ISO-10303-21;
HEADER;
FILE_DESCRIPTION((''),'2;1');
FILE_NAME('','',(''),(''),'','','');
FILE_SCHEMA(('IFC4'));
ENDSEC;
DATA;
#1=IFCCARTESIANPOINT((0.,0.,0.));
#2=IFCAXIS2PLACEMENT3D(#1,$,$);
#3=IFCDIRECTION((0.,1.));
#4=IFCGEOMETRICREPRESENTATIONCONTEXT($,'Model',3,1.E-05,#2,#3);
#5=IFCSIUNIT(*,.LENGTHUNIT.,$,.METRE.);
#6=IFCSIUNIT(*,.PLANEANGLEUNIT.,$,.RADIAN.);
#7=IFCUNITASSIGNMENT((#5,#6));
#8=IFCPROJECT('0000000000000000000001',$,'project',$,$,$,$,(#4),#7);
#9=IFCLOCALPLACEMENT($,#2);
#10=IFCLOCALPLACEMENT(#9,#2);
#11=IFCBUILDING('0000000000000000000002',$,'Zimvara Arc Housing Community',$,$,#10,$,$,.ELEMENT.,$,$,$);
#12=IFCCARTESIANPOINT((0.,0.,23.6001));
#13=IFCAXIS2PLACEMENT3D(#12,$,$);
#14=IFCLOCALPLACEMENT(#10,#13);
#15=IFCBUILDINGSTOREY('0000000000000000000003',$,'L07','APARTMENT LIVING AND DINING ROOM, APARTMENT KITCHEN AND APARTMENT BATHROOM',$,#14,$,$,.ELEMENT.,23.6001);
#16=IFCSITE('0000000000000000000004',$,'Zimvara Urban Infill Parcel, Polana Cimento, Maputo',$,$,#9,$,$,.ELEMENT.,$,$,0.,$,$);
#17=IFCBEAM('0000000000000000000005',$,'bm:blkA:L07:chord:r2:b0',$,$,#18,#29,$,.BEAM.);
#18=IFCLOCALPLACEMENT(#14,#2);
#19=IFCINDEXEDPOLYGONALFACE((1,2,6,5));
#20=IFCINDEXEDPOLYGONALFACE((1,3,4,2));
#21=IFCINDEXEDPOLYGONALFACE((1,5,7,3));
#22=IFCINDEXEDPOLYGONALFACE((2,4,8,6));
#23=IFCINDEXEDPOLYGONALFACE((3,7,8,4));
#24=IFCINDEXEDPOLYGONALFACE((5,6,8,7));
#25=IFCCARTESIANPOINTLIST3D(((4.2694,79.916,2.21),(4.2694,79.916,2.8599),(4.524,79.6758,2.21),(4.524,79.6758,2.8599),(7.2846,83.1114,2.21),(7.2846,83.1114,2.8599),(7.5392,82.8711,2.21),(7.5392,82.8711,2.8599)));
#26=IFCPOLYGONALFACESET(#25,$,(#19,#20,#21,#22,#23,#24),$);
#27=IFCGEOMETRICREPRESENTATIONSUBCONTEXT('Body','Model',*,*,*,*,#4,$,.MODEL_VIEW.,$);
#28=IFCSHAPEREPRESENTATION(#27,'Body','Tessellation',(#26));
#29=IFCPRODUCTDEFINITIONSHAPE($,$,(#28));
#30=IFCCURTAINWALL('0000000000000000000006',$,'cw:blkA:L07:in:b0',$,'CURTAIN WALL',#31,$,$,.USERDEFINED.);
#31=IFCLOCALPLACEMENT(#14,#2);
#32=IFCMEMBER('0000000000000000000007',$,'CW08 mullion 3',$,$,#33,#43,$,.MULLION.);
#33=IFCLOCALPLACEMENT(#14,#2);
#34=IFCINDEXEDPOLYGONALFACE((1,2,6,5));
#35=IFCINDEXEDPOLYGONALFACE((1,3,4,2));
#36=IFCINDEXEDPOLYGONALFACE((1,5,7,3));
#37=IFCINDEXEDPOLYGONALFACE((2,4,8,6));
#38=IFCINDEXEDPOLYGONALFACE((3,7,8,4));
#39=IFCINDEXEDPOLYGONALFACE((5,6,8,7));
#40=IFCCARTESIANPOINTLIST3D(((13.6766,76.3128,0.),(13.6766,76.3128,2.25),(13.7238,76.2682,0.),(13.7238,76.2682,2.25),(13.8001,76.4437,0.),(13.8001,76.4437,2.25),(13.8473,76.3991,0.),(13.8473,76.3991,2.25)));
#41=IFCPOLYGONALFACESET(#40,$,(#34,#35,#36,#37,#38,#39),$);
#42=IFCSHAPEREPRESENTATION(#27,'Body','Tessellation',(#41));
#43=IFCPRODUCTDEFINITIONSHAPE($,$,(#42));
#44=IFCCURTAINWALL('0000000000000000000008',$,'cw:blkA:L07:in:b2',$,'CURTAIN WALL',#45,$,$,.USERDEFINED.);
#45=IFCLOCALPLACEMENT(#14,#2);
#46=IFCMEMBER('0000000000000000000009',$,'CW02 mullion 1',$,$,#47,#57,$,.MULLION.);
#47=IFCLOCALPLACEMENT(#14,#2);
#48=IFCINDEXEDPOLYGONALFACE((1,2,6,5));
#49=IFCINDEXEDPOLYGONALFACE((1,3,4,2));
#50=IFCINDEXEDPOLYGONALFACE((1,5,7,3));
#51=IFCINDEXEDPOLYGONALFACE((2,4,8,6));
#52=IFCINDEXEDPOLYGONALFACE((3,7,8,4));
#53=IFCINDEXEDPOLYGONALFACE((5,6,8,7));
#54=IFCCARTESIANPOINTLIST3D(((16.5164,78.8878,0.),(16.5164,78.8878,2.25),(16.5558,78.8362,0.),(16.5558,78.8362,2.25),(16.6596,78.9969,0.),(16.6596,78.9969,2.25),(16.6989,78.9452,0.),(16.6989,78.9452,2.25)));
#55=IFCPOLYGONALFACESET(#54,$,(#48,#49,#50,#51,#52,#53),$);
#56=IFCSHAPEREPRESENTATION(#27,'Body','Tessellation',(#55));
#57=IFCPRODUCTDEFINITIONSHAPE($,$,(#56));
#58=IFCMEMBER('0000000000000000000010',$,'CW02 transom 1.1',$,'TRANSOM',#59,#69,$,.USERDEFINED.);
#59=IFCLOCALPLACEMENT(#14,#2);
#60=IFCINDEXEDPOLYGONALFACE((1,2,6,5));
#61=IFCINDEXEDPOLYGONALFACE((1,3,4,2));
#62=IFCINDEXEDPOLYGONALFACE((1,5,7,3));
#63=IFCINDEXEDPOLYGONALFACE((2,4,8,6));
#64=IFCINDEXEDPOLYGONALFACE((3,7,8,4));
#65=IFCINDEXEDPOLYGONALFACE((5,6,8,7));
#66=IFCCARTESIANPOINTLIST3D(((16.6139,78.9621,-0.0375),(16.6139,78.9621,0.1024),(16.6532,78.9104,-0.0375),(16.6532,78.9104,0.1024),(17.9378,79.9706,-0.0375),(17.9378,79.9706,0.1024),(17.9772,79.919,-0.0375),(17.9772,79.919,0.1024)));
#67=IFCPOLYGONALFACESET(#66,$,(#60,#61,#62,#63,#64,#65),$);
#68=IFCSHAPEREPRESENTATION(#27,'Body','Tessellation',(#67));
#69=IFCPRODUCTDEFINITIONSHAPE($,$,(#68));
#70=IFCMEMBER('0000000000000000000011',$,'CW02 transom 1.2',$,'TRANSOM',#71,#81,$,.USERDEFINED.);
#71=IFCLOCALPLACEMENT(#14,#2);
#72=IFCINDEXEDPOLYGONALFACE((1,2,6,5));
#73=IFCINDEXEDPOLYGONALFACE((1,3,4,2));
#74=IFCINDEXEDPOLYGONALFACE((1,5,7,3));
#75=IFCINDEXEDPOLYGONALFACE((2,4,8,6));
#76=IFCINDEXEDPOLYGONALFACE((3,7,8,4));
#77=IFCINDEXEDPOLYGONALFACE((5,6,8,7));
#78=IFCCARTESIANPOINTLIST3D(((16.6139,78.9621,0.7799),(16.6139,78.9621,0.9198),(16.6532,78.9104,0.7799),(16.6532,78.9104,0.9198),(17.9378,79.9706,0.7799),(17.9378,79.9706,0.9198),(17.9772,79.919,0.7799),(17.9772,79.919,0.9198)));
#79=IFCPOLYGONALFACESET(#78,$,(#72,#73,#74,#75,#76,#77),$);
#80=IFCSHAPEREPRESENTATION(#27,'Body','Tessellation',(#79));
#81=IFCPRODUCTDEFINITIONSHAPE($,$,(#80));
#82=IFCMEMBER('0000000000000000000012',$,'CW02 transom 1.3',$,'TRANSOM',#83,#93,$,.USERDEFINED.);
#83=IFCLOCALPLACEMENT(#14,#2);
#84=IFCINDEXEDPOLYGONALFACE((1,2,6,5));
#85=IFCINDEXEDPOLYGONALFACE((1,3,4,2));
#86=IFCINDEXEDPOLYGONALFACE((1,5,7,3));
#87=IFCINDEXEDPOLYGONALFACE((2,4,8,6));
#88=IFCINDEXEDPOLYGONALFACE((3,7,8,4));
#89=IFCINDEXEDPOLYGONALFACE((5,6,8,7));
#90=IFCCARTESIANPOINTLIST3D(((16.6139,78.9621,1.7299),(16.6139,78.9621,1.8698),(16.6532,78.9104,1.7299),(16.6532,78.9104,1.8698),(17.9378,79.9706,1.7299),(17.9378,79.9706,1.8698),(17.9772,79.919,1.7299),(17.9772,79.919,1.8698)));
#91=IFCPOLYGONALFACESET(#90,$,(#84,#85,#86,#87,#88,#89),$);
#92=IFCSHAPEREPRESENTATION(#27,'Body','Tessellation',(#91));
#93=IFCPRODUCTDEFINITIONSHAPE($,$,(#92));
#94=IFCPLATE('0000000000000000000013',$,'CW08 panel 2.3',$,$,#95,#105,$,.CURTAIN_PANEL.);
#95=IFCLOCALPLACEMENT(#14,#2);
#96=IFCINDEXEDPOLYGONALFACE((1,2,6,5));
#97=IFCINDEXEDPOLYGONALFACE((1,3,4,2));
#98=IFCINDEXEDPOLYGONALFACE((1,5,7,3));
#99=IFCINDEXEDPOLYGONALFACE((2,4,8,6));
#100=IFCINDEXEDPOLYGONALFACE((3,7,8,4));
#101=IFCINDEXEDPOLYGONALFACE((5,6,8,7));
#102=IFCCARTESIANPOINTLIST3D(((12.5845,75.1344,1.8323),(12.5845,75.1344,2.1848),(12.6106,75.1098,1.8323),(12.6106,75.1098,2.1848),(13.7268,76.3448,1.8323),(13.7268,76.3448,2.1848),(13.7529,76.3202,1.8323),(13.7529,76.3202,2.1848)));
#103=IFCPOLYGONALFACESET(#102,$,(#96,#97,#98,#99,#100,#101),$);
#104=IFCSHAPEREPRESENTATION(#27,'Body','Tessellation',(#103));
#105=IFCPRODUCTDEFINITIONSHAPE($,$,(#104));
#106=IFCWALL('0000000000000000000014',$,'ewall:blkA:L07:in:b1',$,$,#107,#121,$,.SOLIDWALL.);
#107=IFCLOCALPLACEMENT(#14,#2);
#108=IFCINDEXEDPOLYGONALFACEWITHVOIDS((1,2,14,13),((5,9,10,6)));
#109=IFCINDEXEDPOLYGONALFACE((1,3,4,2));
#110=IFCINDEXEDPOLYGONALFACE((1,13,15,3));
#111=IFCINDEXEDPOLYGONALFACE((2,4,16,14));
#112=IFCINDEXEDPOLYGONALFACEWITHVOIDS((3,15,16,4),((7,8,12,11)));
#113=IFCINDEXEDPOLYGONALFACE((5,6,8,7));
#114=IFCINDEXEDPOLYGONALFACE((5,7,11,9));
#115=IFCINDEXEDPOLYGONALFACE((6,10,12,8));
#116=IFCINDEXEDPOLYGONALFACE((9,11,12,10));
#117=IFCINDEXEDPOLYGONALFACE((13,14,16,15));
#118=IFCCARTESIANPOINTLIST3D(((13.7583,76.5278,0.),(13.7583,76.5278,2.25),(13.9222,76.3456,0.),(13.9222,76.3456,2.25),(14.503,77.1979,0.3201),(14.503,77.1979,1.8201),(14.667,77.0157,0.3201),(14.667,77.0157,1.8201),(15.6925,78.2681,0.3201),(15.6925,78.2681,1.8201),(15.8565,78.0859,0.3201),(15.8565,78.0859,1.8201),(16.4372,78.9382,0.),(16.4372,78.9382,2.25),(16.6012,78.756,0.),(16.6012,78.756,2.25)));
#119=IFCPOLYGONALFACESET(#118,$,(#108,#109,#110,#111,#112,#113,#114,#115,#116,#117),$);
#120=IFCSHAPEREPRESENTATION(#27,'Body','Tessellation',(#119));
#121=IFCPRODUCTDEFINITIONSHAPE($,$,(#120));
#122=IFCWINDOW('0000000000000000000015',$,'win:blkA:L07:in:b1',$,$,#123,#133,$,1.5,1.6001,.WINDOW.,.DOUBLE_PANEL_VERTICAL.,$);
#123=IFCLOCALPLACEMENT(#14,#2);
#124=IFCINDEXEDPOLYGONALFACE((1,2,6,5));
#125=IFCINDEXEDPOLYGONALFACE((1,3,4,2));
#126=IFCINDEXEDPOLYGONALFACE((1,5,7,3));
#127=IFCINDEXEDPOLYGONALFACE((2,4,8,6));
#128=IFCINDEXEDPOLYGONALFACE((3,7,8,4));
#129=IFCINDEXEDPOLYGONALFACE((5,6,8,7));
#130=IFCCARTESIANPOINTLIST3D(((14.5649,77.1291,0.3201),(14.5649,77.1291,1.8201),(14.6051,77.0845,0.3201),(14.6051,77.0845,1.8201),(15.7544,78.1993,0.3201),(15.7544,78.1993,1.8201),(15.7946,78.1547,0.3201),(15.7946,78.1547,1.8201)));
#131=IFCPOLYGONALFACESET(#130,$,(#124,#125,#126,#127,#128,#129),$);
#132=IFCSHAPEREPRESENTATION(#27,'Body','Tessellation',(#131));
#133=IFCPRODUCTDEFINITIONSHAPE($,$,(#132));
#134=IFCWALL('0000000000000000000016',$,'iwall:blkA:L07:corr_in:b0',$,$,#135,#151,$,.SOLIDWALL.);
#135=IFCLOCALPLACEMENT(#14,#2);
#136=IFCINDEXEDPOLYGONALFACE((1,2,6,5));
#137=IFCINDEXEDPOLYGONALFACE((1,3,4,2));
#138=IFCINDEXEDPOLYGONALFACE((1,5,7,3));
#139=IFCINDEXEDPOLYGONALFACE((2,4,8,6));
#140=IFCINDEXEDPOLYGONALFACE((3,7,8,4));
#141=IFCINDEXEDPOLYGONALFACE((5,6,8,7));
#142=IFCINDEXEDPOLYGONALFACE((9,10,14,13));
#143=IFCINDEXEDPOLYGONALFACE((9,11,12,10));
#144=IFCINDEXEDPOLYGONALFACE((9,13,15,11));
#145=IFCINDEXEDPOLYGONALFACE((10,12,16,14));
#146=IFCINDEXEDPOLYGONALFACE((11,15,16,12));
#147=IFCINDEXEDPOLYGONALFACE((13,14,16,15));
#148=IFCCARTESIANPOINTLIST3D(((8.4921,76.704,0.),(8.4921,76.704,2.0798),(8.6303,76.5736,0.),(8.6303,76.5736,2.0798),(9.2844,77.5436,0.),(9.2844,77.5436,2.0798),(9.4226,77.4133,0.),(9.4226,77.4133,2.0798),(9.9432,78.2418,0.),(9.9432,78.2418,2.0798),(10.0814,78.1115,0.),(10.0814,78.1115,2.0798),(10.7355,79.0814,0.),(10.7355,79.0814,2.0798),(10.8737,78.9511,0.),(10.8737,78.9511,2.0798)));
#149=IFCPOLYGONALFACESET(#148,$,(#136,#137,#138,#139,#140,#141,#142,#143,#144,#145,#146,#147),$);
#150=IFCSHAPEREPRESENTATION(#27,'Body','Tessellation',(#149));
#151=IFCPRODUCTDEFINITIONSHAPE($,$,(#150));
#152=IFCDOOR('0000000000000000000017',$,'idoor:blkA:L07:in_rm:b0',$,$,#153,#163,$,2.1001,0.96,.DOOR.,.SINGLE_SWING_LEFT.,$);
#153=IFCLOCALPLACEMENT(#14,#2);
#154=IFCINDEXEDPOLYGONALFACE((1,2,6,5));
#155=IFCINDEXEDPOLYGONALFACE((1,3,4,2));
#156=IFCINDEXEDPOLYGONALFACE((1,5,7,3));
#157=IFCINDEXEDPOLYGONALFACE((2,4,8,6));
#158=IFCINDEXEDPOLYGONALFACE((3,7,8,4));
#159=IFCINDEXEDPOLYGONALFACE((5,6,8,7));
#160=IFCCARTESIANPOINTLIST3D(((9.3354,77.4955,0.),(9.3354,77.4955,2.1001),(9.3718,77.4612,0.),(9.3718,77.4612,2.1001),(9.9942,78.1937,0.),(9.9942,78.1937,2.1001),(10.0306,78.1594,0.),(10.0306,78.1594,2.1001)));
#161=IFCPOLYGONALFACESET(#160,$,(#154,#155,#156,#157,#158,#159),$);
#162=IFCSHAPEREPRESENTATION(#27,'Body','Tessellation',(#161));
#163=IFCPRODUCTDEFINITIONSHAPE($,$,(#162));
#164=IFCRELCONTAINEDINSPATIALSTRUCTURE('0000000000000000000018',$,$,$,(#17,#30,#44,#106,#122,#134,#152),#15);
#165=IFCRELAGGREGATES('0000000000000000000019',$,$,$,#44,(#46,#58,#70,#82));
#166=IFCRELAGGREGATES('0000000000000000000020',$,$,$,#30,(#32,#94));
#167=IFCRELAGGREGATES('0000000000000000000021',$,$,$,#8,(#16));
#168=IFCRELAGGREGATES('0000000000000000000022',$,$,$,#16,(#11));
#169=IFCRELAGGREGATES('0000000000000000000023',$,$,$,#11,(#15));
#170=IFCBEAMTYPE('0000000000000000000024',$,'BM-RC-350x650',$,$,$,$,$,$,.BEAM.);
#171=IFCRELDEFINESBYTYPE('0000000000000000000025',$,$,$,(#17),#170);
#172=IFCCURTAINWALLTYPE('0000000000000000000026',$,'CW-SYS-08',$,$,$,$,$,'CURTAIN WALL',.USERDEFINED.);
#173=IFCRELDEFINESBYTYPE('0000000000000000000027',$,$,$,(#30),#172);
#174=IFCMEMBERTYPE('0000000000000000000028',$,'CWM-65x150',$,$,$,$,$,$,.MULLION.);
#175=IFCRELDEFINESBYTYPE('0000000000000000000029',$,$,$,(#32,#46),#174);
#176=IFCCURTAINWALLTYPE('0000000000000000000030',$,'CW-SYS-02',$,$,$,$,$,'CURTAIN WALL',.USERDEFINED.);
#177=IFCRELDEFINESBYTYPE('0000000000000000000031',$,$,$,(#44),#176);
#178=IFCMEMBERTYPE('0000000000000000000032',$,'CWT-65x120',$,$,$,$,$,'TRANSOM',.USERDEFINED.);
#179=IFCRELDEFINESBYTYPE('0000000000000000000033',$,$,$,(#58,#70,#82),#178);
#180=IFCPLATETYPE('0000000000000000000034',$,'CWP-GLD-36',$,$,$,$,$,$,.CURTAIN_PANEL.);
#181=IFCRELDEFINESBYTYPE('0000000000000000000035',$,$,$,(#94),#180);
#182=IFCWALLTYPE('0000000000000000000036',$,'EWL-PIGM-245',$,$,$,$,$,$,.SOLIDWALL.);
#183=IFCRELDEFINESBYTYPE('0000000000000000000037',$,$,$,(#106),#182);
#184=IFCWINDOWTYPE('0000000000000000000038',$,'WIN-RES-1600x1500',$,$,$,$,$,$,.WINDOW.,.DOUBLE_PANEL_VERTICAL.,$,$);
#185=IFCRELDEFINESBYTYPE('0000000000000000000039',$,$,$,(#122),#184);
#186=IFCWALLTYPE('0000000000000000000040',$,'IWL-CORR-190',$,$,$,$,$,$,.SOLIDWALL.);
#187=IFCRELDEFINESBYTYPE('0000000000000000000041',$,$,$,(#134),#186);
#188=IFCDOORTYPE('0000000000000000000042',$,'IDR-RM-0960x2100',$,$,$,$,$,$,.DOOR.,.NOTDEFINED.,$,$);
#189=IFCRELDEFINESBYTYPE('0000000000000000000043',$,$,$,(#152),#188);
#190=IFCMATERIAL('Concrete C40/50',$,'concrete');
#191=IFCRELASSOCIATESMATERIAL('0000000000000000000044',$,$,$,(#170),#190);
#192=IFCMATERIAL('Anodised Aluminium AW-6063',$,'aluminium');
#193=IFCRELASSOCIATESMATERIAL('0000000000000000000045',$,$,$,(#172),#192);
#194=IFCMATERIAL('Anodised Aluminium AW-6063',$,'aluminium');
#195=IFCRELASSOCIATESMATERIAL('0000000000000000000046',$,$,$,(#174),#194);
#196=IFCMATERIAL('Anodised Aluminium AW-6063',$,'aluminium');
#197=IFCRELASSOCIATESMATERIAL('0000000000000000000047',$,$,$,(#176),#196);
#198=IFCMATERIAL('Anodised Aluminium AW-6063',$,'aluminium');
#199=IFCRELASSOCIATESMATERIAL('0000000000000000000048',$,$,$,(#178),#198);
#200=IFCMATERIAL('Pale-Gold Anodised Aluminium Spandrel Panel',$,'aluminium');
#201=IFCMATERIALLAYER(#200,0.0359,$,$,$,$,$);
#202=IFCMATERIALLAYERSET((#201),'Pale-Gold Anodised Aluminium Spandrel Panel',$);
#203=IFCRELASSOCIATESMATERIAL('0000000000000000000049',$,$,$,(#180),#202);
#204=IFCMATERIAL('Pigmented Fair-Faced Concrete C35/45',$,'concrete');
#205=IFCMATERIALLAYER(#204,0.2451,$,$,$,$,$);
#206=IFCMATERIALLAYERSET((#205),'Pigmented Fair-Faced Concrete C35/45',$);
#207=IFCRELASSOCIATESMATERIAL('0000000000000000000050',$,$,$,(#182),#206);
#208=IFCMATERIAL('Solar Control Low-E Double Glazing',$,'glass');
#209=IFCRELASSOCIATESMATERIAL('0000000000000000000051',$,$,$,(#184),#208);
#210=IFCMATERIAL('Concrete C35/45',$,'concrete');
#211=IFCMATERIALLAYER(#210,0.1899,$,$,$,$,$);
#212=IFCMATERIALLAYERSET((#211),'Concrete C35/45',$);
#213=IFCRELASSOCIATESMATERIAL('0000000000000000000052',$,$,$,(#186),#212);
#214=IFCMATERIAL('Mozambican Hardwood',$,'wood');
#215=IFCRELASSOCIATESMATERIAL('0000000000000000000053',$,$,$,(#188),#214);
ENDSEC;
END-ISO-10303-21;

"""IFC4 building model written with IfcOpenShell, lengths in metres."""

from ifc_helpers import new_model, si_unit, direction, frame, frame_2d, origin, origin_2d, place, context, subcontext, project, spatial, rectangle, extrude, material, layer, layer_set, material_profile, profile_set, type_object, element, fill, aggregate, save


model = new_model("IFC4")

# Units and contexts
model_context = context("Model", 3, precision=1e-05, world=origin(), true_north=direction((0.0, 1.0)))
body_context = subcontext(model_context, "Body", "Model", "MODEL_VIEW")
ifc_project = project(units=[si_unit("LENGTHUNIT", "METRE"), si_unit("PLANEANGLEUNIT", "RADIAN")], contexts=[model_context])

# Site, building, storey
site_placement = place(None, origin())
site = spatial("IfcSite", under=ifc_project, at=site_placement, Name="Zimvara Urban Infill Parcel, Polana Cimento, Maputo", CompositionType="ELEMENT", RefElevation=0.0)
building_placement = place(site_placement, origin())
building = spatial("IfcBuilding", under=site, at=building_placement, Name="Zimvara Arc Housing Community", CompositionType="ELEMENT")
storey_placement = place(building_placement, frame((0.0, 0.0, 23.6001)))
storey = spatial("IfcBuildingStorey", under=building, at=storey_placement, Name="L07", Description="APARTMENT LIVING AND DINING ROOM, APARTMENT KITCHEN AND APARTMENT BATHROOM", CompositionType="ELEMENT", Elevation=23.6001)

# Beam
ifc_material_1 = material(Name="Concrete C40/50", Category="concrete")
ifc_material_profile_1 = material_profile(ifc_material_1, rectangle(XDim=0.3501, YDim=0.6499, at=origin_2d()), Name="RC 350x650")
ifc_profile_set_1 = profile_set([ifc_material_profile_1], Name="Concrete C40/50")
beam_type_1 = type_object("IfcBeamType", Name="BM-RC-350x650", PredefinedType="BEAM", material=ifc_profile_set_1)
beam_1_placement = place(storey_placement, frame((4.3967, 79.7959, 2.5349), z_axis=(0.686304, 0.727315, 0.0), x_axis=(-0.727315, 0.686304, 0.0)))
element("IfcBeam", 1, at=beam_1_placement, inside=storey, type_object=beam_type_1, Name="bm:blkA:L07:chord:r2:b0", PredefinedType="BEAM", context=body_context, shape_type="SweptSolid", body=[
    extrude(rectangle(XDim=0.3501, YDim=0.6499, at=origin_2d()), origin(), (0.0, 0.0, 1.0), 4.3933),
])

# Curtain wall, member
ifc_material_2 = material(Name="Anodised Aluminium AW-6063", Category="aluminium")
curtain_wall_type_1 = type_object("IfcCurtainWallType", Name="CW-SYS-08", ElementType="CURTAIN WALL", PredefinedType="USERDEFINED", material=ifc_material_2)
curtain_wall_1_placement = place(storey_placement, origin())
curtain_wall_1 = element("IfcCurtainWall", 2, at=curtain_wall_1_placement, inside=storey, type_object=curtain_wall_type_1, Name="cw:blkA:L07:in:b0", ObjectType="CURTAIN WALL", PredefinedType="USERDEFINED")
ifc_material_3 = material(Name="Anodised Aluminium AW-6063", Category="aluminium")
ifc_material_profile_2 = material_profile(ifc_material_3, rectangle(XDim=0.0649, YDim=0.1799, at=origin_2d()), Name="ALU 65x180")
ifc_profile_set_2 = profile_set([ifc_material_profile_2], Name="Anodised Aluminium AW-6063")
member_type_1 = type_object("IfcMemberType", Name="CWM-65x150", PredefinedType="MULLION", material=ifc_profile_set_2)
member_1_placement = place(storey_placement, frame((13.762, 76.356, 0.0), z_axis=(0.0, 0.0, 1.0), x_axis=(-0.727293, 0.686327, 0.0)))
member_1 = element("IfcMember", 3, at=member_1_placement, type_object=member_type_1, Name="CW08 mullion 3", PredefinedType="MULLION", context=body_context, shape_type="SweptSolid", body=[
    extrude(rectangle(XDim=0.0649, YDim=0.1799, at=origin_2d()), origin(), (0.0, 0.0, 1.0), 2.25),
])

# Curtain wall, members
ifc_material_4 = material(Name="Anodised Aluminium AW-6063", Category="aluminium")
curtain_wall_type_2 = type_object("IfcCurtainWallType", Name="CW-SYS-02", ElementType="CURTAIN WALL", PredefinedType="USERDEFINED", material=ifc_material_4)
curtain_wall_2_placement = place(storey_placement, origin())
curtain_wall_2 = element("IfcCurtainWall", 4, at=curtain_wall_2_placement, inside=storey, type_object=curtain_wall_type_2, Name="cw:blkA:L07:in:b2", ObjectType="CURTAIN WALL", PredefinedType="USERDEFINED")
member_2_placement = place(storey_placement, frame((16.6077, 78.9165, 0.0), z_axis=(0.0, 0.0, 1.0), x_axis=(-0.605988, 0.795474, 0.0)))
member_2 = element("IfcMember", 5, at=member_2_placement, type_object=member_type_1, Name="CW02 mullion 1", PredefinedType="MULLION", context=body_context, shape_type="SweptSolid", body=[
    extrude(rectangle(XDim=0.0649, YDim=0.1799, at=origin_2d()), origin(), (0.0, 0.0, 1.0), 2.25),
])
ifc_material_5 = material(Name="Anodised Aluminium AW-6063", Category="aluminium")
ifc_material_profile_3 = material_profile(ifc_material_5, rectangle(XDim=0.0649, YDim=0.1399, at=origin_2d()), Name="ALU 65x140")
ifc_profile_set_3 = profile_set([ifc_material_profile_3], Name="Anodised Aluminium AW-6063")
member_type_2 = type_object("IfcMemberType", Name="CWT-65x120", ElementType="TRANSOM", PredefinedType="USERDEFINED", material=ifc_profile_set_3)
member_3_placement = place(storey_placement, frame((16.6335, 78.9363, 0.0325), z_axis=(0.795489, 0.605968, 0.0), x_axis=(-0.605968, 0.795489, 0.0)))
member_3 = element("IfcMember", 6, at=member_3_placement, type_object=member_type_2, Name="CW02 transom 1.1", ObjectType="TRANSOM", PredefinedType="USERDEFINED", context=body_context, shape_type="SweptSolid", body=[
    extrude(rectangle(XDim=0.0649, YDim=0.1399, at=origin_2d()), origin(), (0.0, 0.0, 1.0), 1.6643),
])
member_4_placement = place(storey_placement, frame((16.6335, 78.9363, 0.8499), z_axis=(0.795489, 0.605968, 0.0), x_axis=(-0.605968, 0.795489, 0.0)))
member_4 = element("IfcMember", 7, at=member_4_placement, type_object=member_type_2, Name="CW02 transom 1.2", ObjectType="TRANSOM", PredefinedType="USERDEFINED", context=body_context, shape_type="SweptSolid", body=[
    extrude(rectangle(XDim=0.0649, YDim=0.1399, at=origin_2d()), origin(), (0.0, 0.0, 1.0), 1.6643),
])
member_5_placement = place(storey_placement, frame((16.6335, 78.9363, 1.7998), z_axis=(0.795489, 0.605968, 0.0), x_axis=(-0.605968, 0.795489, 0.0)))
member_5 = element("IfcMember", 8, at=member_5_placement, type_object=member_type_2, Name="CW02 transom 1.3", ObjectType="TRANSOM", PredefinedType="USERDEFINED", context=body_context, shape_type="SweptSolid", body=[
    extrude(rectangle(XDim=0.0649, YDim=0.1399, at=origin_2d()), origin(), (0.0, 0.0, 1.0), 1.6643),
])
aggregate(curtain_wall_2, [member_2, member_3, member_4, member_5])

# Plate
ifc_material_6 = material(Name="Pale-Gold Anodised Aluminium Spandrel Panel", Category="aluminium")
ifc_layer_1 = layer(ifc_material_6, 0.0359)
ifc_layer_set_1 = layer_set([ifc_layer_1], Name="Pale-Gold Anodised Aluminium Spandrel Panel")
plate_type = type_object("IfcPlateType", Name="CWP-GLD-36", PredefinedType="CURTAIN_PANEL", material=ifc_layer_set_1)
plate_placement = place(storey_placement, frame((13.1687, 75.7273, 1.8323), z_axis=(0.0, 0.0, 1.0), x_axis=(0.686327, 0.727293, 0.0)))
plate = element("IfcPlate", 9, at=plate_placement, type_object=plate_type, Name="CW08 panel 2.3", PredefinedType="CURTAIN_PANEL", context=body_context, shape_type="SweptSolid", body=[
    extrude(rectangle(XDim=1.6643, YDim=0.0359, at=origin_2d()), origin(), (0.0, 0.0, 1.0), 0.3525),
])
aggregate(curtain_wall_1, [member_1, plate])

# Wall, opening, window
ifc_material_7 = material(Name="Pigmented Fair-Faced Concrete C35/45", Category="concrete")
ifc_layer_2 = layer(ifc_material_7, 0.2451)
ifc_layer_set_2 = layer_set([ifc_layer_2], Name="Pigmented Fair-Faced Concrete C35/45")
wall_type_1 = type_object("IfcWallType", Name="EWL-PIGM-245", PredefinedType="SOLIDWALL", material=ifc_layer_set_2)
wall_1_placement = place(storey_placement, frame((13.8403, 76.4368, 0.0), z_axis=(0.0, 0.0, 1.0), x_axis=(0.743385, 0.668864, 0.0)))
wall_1 = element("IfcWall", 10, at=wall_1_placement, inside=storey, type_object=wall_type_1, Name="ewall:blkA:L07:in:b1", PredefinedType="SOLIDWALL", context=body_context, shape_type="SweptSolid", body=[
    extrude(rectangle(XDim=3.6038, YDim=0.2451, at=frame_2d((1.8018, 0.0))), origin(), (0.0, 0.0, 1.0), 2.25),
])
opening_1_placement = place(wall_1_placement, frame((1.0017, 0.0, 0.3201)))
opening_1 = element("IfcOpeningElement", 11, at=opening_1_placement, cuts=wall_1, PredefinedType="OPENING", context=body_context, shape_type="SweptSolid", body=[
    extrude(rectangle(XDim=1.6001, YDim=1.5, at=frame_2d((0.8, 0.75))), frame((0.0, 0.1326, 0.0), z_axis=(0.0, -1.0, 0.0), x_axis=(1.0, 0.0, 0.0)), (0.0, 0.0, 1.0), 0.2651),
])
ifc_material_8 = material(Name="Solar Control Low-E Double Glazing", Category="glass")
window_type = type_object("IfcWindowType", Name="WIN-RES-1600x1500", PartitioningType="DOUBLE_PANEL_VERTICAL", PredefinedType="WINDOW", material=ifc_material_8)
window_placement = place(opening_1_placement, origin())
window = element("IfcWindow", 12, at=window_placement, inside=storey, type_object=window_type, Name="win:blkA:L07:in:b1", OverallHeight=1.5, OverallWidth=1.6001, PartitioningType="DOUBLE_PANEL_VERTICAL", PredefinedType="WINDOW", context=body_context, shape_type="SweptSolid", body=[
    extrude(rectangle(XDim=1.6001, YDim=1.5, at=frame_2d((0.8, 0.75))), frame((0.0, 0.03, 0.0), z_axis=(0.0, -1.0, 0.0), x_axis=(1.0, 0.0, 0.0)), (0.0, 0.0, 1.0), 0.0601),
])
fill(opening_1, window)

# Wall, opening, door
ifc_material_9 = material(Name="Concrete C35/45", Category="concrete")
ifc_layer_3 = layer(ifc_material_9, 0.1899)
ifc_layer_set_3 = layer_set([ifc_layer_3], Name="Concrete C35/45")
wall_type_2 = type_object("IfcWallType", Name="IWL-CORR-190", PredefinedType="SOLIDWALL", material=ifc_layer_set_3)
wall_2_placement = place(storey_placement, frame((8.5613, 76.6389, 0.0), z_axis=(0.0, 0.0, 1.0), x_axis=(0.686308, 0.727311, 0.0)))
wall_2 = element("IfcWall", 13, at=wall_2_placement, inside=storey, type_object=wall_type_2, Name="iwall:blkA:L07:corr_in:b0", PredefinedType="SOLIDWALL", context=body_context, shape_type="SweptSolid", body=[
    extrude(rectangle(XDim=3.2688, YDim=0.1899, at=frame_2d((1.6343, 0.0))), origin(), (0.0, 0.0, 1.0), 2.0798),
])
opening_2_placement = place(wall_2_placement, frame((1.1543, 0.0, 0.0)))
opening_2 = element("IfcOpeningElement", 14, at=opening_2_placement, cuts=wall_2, PredefinedType="OPENING", context=body_context, shape_type="SweptSolid", body=[
    extrude(rectangle(XDim=0.96, YDim=2.1001, at=frame_2d((0.48, 1.05))), frame((0.0, 0.105, 0.0), z_axis=(0.0, -1.0, 0.0), x_axis=(1.0, 0.0, 0.0)), (0.0, 0.0, 1.0), 0.21),
])
ifc_material_10 = material(Name="Mozambican Hardwood", Category="wood")
door_type_1 = type_object("IfcDoorType", Name="IDR-RM-0960x2100", OperationType="NOTDEFINED", PredefinedType="DOOR", material=ifc_material_10)
door_1_placement = place(opening_2_placement, origin())
door_1 = element("IfcDoor", 15, at=door_1_placement, inside=storey, type_object=door_type_1, Name="idoor:blkA:L07:in_rm:b0", OperationType="SINGLE_SWING_LEFT", OverallHeight=2.1001, OverallWidth=0.96, PredefinedType="DOOR", context=body_context, shape_type="SweptSolid", body=[
    extrude(rectangle(XDim=0.96, YDim=2.1001, at=frame_2d((0.48, 1.05))), frame((0.0, 0.0249, 0.0), z_axis=(0.0, -1.0, 0.0), x_axis=(1.0, 0.0, 0.0)), (0.0, 0.0, 1.0), 0.05),
])
fill(opening_2, door_1)

save(model, "model.ifc")
